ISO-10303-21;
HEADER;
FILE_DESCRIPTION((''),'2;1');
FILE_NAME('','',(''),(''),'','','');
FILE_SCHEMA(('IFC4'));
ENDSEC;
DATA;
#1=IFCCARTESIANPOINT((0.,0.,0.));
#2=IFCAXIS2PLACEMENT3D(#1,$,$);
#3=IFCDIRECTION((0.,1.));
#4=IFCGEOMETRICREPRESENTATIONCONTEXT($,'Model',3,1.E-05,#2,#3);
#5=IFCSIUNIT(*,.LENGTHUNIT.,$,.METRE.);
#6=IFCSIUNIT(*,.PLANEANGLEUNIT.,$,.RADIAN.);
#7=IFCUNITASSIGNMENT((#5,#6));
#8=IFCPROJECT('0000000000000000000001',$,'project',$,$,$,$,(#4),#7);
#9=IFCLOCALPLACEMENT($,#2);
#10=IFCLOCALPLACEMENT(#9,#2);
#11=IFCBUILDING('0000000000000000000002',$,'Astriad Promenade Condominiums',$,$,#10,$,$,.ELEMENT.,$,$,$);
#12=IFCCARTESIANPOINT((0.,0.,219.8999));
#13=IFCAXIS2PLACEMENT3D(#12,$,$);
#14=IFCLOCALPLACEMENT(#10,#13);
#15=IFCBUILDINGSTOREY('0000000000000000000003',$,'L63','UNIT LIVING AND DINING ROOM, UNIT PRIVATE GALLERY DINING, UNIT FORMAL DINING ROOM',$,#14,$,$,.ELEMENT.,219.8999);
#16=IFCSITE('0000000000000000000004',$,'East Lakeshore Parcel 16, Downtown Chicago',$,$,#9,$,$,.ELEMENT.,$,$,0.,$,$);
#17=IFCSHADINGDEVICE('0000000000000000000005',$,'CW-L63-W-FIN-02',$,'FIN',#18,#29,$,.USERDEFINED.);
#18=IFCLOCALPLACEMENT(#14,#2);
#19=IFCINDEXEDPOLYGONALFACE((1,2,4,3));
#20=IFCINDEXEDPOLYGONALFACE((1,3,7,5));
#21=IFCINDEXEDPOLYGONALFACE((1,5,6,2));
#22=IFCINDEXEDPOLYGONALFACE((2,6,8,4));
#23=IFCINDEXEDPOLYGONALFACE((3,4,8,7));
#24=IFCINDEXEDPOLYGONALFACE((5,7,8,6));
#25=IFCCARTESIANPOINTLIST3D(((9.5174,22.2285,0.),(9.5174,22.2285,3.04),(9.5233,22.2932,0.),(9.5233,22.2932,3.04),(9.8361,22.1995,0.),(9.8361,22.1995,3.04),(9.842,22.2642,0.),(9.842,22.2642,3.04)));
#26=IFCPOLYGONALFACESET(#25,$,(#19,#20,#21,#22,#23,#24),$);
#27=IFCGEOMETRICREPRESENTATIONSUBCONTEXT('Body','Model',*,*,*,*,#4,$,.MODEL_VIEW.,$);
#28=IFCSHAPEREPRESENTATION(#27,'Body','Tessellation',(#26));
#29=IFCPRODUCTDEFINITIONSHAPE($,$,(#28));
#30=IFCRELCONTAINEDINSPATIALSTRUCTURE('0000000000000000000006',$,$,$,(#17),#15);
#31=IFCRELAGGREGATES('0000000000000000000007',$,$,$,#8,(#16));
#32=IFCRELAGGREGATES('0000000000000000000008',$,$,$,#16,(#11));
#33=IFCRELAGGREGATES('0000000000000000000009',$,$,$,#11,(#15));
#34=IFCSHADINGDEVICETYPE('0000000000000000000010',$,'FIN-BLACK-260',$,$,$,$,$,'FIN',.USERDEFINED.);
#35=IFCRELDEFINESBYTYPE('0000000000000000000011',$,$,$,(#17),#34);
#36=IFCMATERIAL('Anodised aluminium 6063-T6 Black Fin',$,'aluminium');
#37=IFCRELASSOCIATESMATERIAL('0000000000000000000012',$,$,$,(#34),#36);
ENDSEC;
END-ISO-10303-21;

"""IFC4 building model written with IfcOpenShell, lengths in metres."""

from ifc_helpers import new_model, si_unit, direction, frame, origin, origin_2d, place, context, subcontext, project, spatial, rectangle, extrude, source, transform, mapped, material, type_object, type_shapes, element, save


model = new_model("IFC4")

# Units and contexts
model_context = context("Model", 3, precision=1e-05, world=origin(), true_north=direction((0.0, 1.0)))
body_context = subcontext(model_context, "Body", "Model", "MODEL_VIEW")
ifc_project = project(units=[si_unit("LENGTHUNIT", "METRE"), si_unit("PLANEANGLEUNIT", "RADIAN")], contexts=[model_context])

# Site, building, storey
site_placement = place(None, origin())
site = spatial("IfcSite", under=ifc_project, at=site_placement, Name="East Lakeshore Parcel 16, Downtown Chicago", CompositionType="ELEMENT", RefElevation=0.0)
building_placement = place(site_placement, origin())
building = spatial("IfcBuilding", under=site, at=building_placement, Name="Astriad Promenade Condominiums", CompositionType="ELEMENT")
storey_placement = place(building_placement, frame((0.0, 0.0, 219.8999)))
storey = spatial("IfcBuildingStorey", under=building, at=storey_placement, Name="L63", Description="UNIT LIVING AND DINING ROOM, UNIT PRIVATE GALLERY DINING, UNIT FORMAL DINING ROOM", CompositionType="ELEMENT", Elevation=219.8999)

# Shading device
ifc_material_1 = material(Name="Anodised aluminium 6063-T6 Black Fin", Category="aluminium")
shading_device_type = type_object("IfcShadingDeviceType", Name="FIN-BLACK-260", ElementType="FIN", PredefinedType="USERDEFINED", material=ifc_material_1)
shared_shape_1 = source(origin(), body_context, "Body", "SweptSolid", [
    extrude(rectangle(XDim=0.0649, YDim=0.3201, at=origin_2d()), origin(), (0.0, 0.0, 1.0), 3.04),
])
type_shapes(shading_device_type, [shared_shape_1])
shading_device_placement = place(storey_placement, frame((9.6797, 22.2463, 0.0), z_axis=(0.0, 0.0, 1.0), x_axis=(0.090633, 0.995884, 0.0)))
element("IfcShadingDevice", 1, at=shading_device_placement, inside=storey, type_object=shading_device_type, Name="CW-L63-W-FIN-02", ObjectType="FIN", PredefinedType="USERDEFINED", context=body_context, shape_type="MappedRepresentation", body=[
    mapped(shared_shape_1, transform((0.0, 0.0, 0.0), scale=1.0)),
])

save(model, "model.ifc")
